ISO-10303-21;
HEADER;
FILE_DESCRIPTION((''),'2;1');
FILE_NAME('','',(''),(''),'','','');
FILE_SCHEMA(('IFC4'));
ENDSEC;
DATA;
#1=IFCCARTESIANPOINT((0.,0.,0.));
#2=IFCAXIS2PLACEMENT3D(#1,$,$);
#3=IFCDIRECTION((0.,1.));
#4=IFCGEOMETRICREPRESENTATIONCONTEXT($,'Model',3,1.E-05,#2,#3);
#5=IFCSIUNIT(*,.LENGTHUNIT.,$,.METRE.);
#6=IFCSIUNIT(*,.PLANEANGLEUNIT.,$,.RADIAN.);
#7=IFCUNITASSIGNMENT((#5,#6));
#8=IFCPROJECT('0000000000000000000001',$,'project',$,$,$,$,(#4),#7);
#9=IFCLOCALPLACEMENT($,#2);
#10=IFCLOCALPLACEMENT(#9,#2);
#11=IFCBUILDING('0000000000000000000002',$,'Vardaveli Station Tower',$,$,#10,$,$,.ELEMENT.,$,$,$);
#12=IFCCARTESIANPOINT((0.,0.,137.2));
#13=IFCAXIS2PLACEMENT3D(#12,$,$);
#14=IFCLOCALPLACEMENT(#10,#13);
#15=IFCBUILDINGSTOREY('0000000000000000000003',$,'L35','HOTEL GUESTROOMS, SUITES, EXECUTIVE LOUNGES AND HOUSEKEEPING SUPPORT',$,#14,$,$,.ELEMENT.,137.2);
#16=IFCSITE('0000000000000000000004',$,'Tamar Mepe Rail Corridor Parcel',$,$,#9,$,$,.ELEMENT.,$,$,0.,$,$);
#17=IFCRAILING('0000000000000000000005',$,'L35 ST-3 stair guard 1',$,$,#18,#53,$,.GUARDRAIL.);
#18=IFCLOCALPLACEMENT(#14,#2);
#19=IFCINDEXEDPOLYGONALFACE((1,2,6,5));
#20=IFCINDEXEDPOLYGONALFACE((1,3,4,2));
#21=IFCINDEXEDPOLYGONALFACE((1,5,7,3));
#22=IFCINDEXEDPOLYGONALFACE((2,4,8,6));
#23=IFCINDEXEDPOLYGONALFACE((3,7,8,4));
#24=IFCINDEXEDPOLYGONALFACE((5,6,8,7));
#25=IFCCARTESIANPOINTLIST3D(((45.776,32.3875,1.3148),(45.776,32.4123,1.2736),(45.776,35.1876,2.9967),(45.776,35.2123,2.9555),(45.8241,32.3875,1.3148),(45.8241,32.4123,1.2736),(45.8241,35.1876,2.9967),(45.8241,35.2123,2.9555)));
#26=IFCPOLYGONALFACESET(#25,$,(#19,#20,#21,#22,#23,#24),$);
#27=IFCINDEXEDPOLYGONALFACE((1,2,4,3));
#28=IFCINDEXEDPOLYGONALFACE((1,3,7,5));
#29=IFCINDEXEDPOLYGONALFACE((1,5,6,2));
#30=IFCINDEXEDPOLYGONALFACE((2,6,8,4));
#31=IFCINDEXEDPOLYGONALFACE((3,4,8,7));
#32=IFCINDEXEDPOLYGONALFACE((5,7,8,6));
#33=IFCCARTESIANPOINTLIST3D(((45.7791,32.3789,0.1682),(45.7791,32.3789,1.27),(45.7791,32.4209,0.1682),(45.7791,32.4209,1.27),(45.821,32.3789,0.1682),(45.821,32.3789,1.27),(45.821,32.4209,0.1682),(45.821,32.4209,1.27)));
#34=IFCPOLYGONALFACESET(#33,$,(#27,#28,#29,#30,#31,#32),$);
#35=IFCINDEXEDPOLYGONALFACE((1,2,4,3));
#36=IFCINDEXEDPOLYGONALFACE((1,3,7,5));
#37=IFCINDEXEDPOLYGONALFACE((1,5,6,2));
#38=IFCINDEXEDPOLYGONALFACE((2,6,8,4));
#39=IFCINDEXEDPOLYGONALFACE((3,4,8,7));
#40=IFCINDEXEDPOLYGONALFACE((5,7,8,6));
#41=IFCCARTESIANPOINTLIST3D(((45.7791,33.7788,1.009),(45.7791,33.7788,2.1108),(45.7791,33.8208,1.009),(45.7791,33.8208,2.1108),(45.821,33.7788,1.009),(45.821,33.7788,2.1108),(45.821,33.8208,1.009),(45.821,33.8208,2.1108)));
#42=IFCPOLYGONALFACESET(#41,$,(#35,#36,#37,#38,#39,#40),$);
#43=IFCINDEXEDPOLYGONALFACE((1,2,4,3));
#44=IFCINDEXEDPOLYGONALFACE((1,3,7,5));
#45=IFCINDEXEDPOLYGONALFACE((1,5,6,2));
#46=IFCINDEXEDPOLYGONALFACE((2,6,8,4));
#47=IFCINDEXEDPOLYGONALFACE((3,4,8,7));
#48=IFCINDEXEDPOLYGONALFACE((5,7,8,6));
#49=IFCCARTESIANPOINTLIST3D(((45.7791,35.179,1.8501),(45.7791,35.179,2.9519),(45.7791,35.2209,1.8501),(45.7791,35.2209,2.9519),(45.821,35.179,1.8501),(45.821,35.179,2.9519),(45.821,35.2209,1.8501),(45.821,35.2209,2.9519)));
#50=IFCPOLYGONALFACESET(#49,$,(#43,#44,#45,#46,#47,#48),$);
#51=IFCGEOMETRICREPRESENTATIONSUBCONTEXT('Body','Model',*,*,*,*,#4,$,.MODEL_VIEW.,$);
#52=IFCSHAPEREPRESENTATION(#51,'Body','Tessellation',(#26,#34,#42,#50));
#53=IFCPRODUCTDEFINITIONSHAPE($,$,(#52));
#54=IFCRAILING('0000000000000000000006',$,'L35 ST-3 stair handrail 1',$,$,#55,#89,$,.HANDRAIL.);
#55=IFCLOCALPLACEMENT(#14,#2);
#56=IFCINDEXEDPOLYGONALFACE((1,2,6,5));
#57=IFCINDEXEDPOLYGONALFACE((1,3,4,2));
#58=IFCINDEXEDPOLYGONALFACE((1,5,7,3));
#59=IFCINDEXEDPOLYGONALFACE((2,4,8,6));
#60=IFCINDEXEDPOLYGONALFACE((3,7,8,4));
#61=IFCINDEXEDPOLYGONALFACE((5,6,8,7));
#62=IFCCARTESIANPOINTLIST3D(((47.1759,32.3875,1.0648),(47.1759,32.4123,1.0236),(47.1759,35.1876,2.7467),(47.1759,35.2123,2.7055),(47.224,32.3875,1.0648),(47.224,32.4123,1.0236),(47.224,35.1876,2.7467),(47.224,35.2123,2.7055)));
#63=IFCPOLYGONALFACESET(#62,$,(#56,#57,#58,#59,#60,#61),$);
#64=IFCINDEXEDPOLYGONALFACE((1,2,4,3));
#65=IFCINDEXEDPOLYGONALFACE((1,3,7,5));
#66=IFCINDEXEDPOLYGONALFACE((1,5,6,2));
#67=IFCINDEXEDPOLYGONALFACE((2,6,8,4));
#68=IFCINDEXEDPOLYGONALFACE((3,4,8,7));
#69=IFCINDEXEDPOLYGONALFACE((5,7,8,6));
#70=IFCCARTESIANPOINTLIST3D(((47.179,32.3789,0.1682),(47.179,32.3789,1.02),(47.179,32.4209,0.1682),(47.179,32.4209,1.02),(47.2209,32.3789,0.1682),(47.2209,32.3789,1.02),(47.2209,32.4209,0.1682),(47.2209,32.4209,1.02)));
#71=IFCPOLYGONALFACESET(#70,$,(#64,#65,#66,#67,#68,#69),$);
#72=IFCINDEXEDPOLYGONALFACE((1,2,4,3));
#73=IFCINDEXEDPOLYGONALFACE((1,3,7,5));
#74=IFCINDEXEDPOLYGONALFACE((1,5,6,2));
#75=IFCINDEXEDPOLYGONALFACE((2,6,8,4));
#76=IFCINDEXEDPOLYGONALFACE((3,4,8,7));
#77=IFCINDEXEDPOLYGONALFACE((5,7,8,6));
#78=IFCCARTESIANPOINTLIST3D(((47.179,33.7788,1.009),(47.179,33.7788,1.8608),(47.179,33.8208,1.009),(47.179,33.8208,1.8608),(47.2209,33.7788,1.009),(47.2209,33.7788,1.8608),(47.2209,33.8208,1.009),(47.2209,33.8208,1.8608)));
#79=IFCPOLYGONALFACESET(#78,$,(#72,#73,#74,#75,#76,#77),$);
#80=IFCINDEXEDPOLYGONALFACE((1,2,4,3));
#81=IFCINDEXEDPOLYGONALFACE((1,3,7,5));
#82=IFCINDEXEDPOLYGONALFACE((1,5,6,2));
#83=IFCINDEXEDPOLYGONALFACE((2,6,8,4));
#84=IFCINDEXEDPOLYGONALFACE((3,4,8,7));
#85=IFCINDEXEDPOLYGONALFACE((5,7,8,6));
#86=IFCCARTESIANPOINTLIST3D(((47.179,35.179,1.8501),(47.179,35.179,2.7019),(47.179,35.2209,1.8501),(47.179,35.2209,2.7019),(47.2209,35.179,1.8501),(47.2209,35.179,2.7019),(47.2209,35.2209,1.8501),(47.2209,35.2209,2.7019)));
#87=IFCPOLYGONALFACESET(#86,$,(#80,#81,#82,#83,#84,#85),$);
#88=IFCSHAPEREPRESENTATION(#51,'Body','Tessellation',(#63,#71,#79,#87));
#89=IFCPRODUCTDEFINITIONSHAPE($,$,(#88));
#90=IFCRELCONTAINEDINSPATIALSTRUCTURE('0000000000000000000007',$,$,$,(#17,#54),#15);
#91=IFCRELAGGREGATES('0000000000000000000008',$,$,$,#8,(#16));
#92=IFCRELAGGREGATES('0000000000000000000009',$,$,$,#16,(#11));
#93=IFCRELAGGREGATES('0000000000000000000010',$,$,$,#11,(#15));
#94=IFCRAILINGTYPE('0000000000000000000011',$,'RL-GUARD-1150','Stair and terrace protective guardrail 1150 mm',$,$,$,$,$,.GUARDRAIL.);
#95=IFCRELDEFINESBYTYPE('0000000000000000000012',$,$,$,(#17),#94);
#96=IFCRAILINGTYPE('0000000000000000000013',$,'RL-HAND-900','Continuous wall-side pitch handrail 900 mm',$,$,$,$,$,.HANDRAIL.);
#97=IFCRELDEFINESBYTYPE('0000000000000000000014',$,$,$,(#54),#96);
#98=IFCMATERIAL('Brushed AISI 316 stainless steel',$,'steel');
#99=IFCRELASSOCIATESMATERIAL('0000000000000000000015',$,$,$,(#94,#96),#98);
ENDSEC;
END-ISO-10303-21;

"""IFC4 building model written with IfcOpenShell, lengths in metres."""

from ifc_helpers import new_model, si_unit, direction, frame, origin, origin_2d, place, context, subcontext, project, spatial, rectangle, extrude, source, transform, mapped, material, type_object, element, save


model = new_model("IFC4")

# Units and contexts
model_context = context("Model", 3, precision=1e-05, world=origin(), true_north=direction((0.0, 1.0)))
body_context = subcontext(model_context, "Body", "Model", "MODEL_VIEW")
ifc_project = project(units=[si_unit("LENGTHUNIT", "METRE"), si_unit("PLANEANGLEUNIT", "RADIAN")], contexts=[model_context])

# Site, building, storey
site_placement = place(None, origin())
site = spatial("IfcSite", under=ifc_project, at=site_placement, Name="Tamar Mepe Rail Corridor Parcel", CompositionType="ELEMENT", RefElevation=0.0)
building_placement = place(site_placement, origin())
building = spatial("IfcBuilding", under=site, at=building_placement, Name="Vardaveli Station Tower", CompositionType="ELEMENT")
storey_placement = place(building_placement, frame((0.0, 0.0, 137.2)))
storey = spatial("IfcBuildingStorey", under=building, at=storey_placement, Name="L35", Description="HOTEL GUESTROOMS, SUITES, EXECUTIVE LOUNGES AND HOUSEKEEPING SUPPORT", CompositionType="ELEMENT", Elevation=137.2)

# Railings
ifc_material_1 = material(Name="Brushed AISI 316 stainless steel", Category="steel")
railing_type_1 = type_object("IfcRailingType", Name="RL-GUARD-1150", Description="Stair and terrace protective guardrail 1150 mm", PredefinedType="GUARDRAIL", material=ifc_material_1)
shared_shape_1 = source(origin(), body_context, "Body", "SweptSolid", [
    extrude(rectangle(XDim=0.0481, YDim=0.0481, at=origin_2d()), frame((0.0, 0.0, 1.126), z_axis=(0.0, 0.857242, 0.514913), x_axis=(-1.0, 0.0, 0.0)), (0.0, 0.0, 1.0), 3.2664),
    extrude(rectangle(XDim=0.042, YDim=0.042, at=origin_2d()), origin(), (0.0, 0.0, 1.0), 1.1018),
    extrude(rectangle(XDim=0.042, YDim=0.042, at=origin_2d()), frame((0.0, 1.3999, 0.8408)), (0.0, 0.0, 1.0), 1.1018),
    extrude(rectangle(XDim=0.042, YDim=0.042, at=origin_2d()), frame((0.0, 2.8, 1.6819)), (0.0, 0.0, 1.0), 1.1018),
])
railing_1_placement = place(storey_placement, frame((45.8, 32.3999, 0.1682)))
element("IfcRailing", 1, at=railing_1_placement, inside=storey, type_object=railing_type_1, Name="L35 ST-3 stair guard 1", PredefinedType="GUARDRAIL", context=body_context, shape_type="MappedRepresentation", body=[
    mapped(shared_shape_1, transform((0.0, 0.0, 0.0), scale=1.0)),
])
railing_type_2 = type_object("IfcRailingType", Name="RL-HAND-900", Description="Continuous wall-side pitch handrail 900 mm", PredefinedType="HANDRAIL", material=ifc_material_1)
shared_shape_2 = source(origin(), body_context, "Body", "SweptSolid", [
    extrude(rectangle(XDim=0.0481, YDim=0.0481, at=origin_2d()), frame((0.0, 0.0, 0.876), z_axis=(0.0, 0.857242, 0.514913), x_axis=(-1.0, 0.0, 0.0)), (0.0, 0.0, 1.0), 3.2664),
    extrude(rectangle(XDim=0.042, YDim=0.042, at=origin_2d()), origin(), (0.0, 0.0, 1.0), 0.8518),
    extrude(rectangle(XDim=0.042, YDim=0.042, at=origin_2d()), frame((0.0, 1.3999, 0.8408)), (0.0, 0.0, 1.0), 0.8518),
    extrude(rectangle(XDim=0.042, YDim=0.042, at=origin_2d()), frame((0.0, 2.8, 1.6819)), (0.0, 0.0, 1.0), 0.8518),
])
railing_2_placement = place(storey_placement, frame((47.2, 32.3999, 0.1682)))
element("IfcRailing", 2, at=railing_2_placement, inside=storey, type_object=railing_type_2, Name="L35 ST-3 stair handrail 1", PredefinedType="HANDRAIL", context=body_context, shape_type="MappedRepresentation", body=[
    mapped(shared_shape_2, transform((0.0, 0.0, 0.0), scale=1.0)),
])

save(model, "model.ifc")
